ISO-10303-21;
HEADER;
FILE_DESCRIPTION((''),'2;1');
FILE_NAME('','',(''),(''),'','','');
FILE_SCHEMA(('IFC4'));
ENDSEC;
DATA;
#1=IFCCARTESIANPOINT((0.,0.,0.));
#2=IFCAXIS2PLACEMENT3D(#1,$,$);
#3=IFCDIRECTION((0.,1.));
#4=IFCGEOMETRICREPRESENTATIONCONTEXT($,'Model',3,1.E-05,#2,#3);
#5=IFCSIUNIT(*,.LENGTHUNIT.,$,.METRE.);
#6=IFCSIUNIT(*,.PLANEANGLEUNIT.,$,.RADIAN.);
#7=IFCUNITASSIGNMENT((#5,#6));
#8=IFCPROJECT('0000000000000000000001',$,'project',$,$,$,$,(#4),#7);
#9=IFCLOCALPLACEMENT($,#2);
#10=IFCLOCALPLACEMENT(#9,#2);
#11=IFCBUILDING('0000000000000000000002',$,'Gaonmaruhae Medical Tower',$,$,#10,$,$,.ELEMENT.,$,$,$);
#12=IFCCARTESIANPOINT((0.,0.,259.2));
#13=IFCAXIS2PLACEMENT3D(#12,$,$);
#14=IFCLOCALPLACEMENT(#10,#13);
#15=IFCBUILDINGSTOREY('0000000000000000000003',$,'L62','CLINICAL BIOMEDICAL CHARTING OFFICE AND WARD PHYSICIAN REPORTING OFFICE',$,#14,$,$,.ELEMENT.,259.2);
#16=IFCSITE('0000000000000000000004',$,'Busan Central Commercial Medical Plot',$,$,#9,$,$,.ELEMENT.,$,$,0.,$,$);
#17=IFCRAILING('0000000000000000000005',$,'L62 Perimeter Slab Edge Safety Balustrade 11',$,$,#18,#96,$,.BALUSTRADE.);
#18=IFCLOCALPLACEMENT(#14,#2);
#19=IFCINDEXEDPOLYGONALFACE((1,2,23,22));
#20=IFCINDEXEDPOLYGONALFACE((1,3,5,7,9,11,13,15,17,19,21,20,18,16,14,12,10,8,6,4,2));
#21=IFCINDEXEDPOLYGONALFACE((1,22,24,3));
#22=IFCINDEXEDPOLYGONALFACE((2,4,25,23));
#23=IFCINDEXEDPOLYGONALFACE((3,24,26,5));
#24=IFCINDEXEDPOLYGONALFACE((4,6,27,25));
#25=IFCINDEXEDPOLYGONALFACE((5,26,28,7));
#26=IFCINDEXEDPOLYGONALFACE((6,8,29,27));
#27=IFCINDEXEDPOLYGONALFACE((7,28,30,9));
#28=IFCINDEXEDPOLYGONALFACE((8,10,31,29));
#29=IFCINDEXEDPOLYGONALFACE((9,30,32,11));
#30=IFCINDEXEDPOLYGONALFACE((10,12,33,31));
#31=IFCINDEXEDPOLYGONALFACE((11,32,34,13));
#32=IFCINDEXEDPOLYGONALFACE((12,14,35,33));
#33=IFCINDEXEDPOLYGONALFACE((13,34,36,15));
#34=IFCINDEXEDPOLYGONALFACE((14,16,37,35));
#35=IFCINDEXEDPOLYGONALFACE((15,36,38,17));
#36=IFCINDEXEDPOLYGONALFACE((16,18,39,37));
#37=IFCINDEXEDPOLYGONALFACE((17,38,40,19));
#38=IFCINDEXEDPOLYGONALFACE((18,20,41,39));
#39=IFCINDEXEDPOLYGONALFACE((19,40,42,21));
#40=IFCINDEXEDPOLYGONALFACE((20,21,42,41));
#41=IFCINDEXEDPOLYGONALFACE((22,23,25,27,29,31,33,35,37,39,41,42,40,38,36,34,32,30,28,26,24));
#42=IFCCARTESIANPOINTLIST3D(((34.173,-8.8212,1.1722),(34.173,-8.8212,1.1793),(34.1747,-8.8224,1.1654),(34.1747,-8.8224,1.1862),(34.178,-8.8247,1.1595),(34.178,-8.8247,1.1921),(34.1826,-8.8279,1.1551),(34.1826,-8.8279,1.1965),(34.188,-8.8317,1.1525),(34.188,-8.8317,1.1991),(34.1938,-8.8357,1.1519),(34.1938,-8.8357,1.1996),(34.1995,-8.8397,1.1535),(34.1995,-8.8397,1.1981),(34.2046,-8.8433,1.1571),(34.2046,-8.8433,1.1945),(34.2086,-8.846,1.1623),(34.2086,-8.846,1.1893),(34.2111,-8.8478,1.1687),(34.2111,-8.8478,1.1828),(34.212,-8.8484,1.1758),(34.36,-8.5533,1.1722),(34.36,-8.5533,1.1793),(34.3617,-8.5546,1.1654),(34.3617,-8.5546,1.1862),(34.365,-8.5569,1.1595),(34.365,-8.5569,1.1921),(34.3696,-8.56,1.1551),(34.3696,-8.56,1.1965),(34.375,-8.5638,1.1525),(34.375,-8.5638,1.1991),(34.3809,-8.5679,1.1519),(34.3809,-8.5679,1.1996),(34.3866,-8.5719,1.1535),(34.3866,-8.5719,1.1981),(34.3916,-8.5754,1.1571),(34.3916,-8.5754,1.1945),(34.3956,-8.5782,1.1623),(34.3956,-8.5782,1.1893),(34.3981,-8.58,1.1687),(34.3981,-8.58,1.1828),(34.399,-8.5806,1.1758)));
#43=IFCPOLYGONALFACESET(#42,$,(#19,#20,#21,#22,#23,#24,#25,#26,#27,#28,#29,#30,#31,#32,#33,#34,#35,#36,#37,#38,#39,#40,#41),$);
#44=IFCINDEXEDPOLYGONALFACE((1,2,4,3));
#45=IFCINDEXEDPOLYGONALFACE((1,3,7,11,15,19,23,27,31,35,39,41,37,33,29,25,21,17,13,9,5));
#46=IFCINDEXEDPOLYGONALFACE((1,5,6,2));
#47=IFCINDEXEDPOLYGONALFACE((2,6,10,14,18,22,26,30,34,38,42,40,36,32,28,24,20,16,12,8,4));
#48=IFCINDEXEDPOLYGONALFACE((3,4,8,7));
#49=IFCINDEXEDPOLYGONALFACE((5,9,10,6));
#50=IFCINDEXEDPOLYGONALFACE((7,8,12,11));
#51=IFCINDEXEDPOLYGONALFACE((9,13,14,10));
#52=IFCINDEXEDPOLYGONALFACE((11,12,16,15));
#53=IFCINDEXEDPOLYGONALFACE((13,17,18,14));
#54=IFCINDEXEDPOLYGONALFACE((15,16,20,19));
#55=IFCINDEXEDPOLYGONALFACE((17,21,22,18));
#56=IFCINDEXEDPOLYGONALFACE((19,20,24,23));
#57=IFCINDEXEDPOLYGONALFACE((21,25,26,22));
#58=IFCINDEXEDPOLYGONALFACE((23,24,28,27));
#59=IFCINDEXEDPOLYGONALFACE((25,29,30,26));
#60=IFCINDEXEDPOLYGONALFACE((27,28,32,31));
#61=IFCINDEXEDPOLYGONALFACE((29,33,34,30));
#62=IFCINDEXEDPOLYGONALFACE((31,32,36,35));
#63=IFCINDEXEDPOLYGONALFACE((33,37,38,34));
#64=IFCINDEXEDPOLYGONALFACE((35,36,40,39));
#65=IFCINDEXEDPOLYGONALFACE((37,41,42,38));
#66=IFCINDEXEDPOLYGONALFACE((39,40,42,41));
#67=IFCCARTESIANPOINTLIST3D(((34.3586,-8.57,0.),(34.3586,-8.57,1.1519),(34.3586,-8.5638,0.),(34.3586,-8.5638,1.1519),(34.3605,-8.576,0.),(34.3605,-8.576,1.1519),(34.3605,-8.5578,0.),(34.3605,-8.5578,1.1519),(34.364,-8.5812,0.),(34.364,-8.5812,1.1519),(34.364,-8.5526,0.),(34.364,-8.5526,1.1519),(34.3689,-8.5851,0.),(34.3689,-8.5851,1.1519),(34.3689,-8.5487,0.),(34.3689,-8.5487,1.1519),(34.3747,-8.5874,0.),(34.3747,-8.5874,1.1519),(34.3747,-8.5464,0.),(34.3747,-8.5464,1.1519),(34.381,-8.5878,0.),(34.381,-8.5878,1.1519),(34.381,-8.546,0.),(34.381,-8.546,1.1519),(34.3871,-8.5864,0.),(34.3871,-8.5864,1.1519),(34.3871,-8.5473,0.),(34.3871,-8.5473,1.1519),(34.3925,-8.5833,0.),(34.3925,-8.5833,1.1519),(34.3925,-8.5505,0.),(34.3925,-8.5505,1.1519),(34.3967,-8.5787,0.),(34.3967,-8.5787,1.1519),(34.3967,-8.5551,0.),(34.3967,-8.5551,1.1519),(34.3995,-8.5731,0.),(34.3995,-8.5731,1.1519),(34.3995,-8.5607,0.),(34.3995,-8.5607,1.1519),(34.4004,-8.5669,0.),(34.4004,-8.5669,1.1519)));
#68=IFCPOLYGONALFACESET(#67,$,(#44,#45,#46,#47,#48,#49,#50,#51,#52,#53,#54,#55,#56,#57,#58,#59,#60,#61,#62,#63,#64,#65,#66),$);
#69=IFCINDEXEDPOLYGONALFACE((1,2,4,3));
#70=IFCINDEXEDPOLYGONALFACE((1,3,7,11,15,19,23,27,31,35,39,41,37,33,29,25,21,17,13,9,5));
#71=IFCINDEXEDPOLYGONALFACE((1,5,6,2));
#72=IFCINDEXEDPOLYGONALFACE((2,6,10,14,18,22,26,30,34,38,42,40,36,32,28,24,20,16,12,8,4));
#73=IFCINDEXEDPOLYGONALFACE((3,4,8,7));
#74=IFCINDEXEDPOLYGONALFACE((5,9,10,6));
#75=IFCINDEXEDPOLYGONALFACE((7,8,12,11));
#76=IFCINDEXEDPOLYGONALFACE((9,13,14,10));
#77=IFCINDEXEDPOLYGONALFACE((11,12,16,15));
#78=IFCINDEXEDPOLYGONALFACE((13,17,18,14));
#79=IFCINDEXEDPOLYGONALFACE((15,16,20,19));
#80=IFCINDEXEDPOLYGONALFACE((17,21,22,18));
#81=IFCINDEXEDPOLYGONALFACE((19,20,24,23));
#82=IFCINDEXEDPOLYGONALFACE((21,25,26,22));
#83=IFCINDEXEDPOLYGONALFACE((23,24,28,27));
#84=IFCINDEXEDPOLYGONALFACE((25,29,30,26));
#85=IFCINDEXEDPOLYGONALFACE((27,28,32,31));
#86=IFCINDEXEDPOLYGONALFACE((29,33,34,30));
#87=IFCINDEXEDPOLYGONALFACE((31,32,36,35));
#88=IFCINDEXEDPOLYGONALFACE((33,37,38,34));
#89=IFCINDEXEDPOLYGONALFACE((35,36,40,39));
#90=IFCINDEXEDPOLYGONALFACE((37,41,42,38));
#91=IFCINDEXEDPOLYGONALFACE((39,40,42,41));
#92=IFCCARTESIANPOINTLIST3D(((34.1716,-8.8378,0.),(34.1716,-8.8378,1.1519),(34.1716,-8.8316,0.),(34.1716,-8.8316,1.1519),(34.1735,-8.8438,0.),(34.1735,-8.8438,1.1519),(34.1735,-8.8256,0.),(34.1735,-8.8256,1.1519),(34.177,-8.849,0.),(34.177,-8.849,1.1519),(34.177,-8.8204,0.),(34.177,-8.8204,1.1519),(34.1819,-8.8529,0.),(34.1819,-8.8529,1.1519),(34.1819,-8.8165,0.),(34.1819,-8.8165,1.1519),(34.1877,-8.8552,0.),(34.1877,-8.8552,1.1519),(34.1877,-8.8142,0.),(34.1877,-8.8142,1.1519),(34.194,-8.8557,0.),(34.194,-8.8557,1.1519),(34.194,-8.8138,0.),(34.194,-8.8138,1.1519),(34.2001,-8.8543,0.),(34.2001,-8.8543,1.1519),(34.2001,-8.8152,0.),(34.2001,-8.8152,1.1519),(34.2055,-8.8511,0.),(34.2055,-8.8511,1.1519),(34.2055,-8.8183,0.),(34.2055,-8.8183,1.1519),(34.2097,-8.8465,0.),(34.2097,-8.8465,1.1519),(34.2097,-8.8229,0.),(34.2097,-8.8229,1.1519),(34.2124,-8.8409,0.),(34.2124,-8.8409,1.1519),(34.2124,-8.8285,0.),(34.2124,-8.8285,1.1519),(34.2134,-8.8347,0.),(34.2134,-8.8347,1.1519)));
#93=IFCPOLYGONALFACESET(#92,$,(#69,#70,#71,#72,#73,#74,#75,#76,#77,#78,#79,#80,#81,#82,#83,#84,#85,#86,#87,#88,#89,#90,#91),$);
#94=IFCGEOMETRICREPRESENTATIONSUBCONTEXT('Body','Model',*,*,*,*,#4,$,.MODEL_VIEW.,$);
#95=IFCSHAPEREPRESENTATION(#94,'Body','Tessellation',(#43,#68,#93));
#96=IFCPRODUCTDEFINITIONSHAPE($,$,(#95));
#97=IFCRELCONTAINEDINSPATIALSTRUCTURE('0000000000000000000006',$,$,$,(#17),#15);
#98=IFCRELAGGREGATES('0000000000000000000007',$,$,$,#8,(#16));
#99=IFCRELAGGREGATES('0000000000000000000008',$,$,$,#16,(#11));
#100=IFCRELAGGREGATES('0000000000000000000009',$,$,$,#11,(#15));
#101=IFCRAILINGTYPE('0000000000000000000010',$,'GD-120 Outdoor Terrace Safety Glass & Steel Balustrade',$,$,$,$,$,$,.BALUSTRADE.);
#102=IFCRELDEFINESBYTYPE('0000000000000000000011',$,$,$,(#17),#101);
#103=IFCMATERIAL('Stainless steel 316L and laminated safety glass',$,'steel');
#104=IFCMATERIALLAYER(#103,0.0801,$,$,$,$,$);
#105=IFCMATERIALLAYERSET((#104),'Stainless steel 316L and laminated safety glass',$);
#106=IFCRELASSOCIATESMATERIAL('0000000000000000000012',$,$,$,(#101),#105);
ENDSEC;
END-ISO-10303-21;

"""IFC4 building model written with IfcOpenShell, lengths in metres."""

from ifc_helpers import new_model, si_unit, direction, frame, origin, origin_2d, place, context, subcontext, project, spatial, circle, extrude, material, layer, layer_set, type_object, element, save


model = new_model("IFC4")

# Units and contexts
model_context = context("Model", 3, precision=1e-05, world=origin(), true_north=direction((0.0, 1.0)))
body_context = subcontext(model_context, "Body", "Model", "MODEL_VIEW")
ifc_project = project(units=[si_unit("LENGTHUNIT", "METRE"), si_unit("PLANEANGLEUNIT", "RADIAN")], contexts=[model_context])

# Site, building, storey
site_placement = place(None, origin())
site = spatial("IfcSite", under=ifc_project, at=site_placement, Name="Busan Central Commercial Medical Plot", CompositionType="ELEMENT", RefElevation=0.0)
building_placement = place(site_placement, origin())
building = spatial("IfcBuilding", under=site, at=building_placement, Name="Gaonmaruhae Medical Tower", CompositionType="ELEMENT")
storey_placement = place(building_placement, frame((0.0, 0.0, 259.2)))
storey = spatial("IfcBuildingStorey", under=building, at=storey_placement, Name="L62", Description="CLINICAL BIOMEDICAL CHARTING OFFICE AND WARD PHYSICIAN REPORTING OFFICE", CompositionType="ELEMENT", Elevation=259.2)

# Railing
ifc_material_1 = material(Name="Stainless steel 316L and laminated safety glass", Category="steel")
ifc_layer_1 = layer(ifc_material_1, 0.0801)
ifc_layer_set_1 = layer_set([ifc_layer_1], Name="Stainless steel 316L and laminated safety glass")
railing_type = type_object("IfcRailingType", Name="GD-120 Outdoor Terrace Safety Glass & Steel Balustrade", PredefinedType="BALUSTRADE", material=ifc_layer_set_1)
railing_1_placement = place(storey_placement, frame((34.3794, -8.5669, 0.0)))
element("IfcRailing", 1, at=railing_1_placement, inside=storey, type_object=railing_type, Name="L62 Perimeter Slab Edge Safety Balustrade 11", PredefinedType="BALUSTRADE", context=body_context, shape_type="SweptSolid", body=[
    extrude(circle(Radius=0.0239, at=origin_2d()), frame((0.0, 0.0, 1.1758), z_axis=(-0.572509, -0.819899, 0.0), x_axis=(0.819899, -0.572509, 0.0)), (0.0, 0.0, 1.0), 0.3267),
    extrude(circle(Radius=0.021, at=origin_2d()), origin(), (0.0, 0.0, 1.0), 1.1519),
    extrude(circle(Radius=0.021, at=origin_2d()), frame((-0.187, -0.2678, 0.0)), (0.0, 0.0, 1.0), 1.1519),
])

save(model, "model.ifc")
